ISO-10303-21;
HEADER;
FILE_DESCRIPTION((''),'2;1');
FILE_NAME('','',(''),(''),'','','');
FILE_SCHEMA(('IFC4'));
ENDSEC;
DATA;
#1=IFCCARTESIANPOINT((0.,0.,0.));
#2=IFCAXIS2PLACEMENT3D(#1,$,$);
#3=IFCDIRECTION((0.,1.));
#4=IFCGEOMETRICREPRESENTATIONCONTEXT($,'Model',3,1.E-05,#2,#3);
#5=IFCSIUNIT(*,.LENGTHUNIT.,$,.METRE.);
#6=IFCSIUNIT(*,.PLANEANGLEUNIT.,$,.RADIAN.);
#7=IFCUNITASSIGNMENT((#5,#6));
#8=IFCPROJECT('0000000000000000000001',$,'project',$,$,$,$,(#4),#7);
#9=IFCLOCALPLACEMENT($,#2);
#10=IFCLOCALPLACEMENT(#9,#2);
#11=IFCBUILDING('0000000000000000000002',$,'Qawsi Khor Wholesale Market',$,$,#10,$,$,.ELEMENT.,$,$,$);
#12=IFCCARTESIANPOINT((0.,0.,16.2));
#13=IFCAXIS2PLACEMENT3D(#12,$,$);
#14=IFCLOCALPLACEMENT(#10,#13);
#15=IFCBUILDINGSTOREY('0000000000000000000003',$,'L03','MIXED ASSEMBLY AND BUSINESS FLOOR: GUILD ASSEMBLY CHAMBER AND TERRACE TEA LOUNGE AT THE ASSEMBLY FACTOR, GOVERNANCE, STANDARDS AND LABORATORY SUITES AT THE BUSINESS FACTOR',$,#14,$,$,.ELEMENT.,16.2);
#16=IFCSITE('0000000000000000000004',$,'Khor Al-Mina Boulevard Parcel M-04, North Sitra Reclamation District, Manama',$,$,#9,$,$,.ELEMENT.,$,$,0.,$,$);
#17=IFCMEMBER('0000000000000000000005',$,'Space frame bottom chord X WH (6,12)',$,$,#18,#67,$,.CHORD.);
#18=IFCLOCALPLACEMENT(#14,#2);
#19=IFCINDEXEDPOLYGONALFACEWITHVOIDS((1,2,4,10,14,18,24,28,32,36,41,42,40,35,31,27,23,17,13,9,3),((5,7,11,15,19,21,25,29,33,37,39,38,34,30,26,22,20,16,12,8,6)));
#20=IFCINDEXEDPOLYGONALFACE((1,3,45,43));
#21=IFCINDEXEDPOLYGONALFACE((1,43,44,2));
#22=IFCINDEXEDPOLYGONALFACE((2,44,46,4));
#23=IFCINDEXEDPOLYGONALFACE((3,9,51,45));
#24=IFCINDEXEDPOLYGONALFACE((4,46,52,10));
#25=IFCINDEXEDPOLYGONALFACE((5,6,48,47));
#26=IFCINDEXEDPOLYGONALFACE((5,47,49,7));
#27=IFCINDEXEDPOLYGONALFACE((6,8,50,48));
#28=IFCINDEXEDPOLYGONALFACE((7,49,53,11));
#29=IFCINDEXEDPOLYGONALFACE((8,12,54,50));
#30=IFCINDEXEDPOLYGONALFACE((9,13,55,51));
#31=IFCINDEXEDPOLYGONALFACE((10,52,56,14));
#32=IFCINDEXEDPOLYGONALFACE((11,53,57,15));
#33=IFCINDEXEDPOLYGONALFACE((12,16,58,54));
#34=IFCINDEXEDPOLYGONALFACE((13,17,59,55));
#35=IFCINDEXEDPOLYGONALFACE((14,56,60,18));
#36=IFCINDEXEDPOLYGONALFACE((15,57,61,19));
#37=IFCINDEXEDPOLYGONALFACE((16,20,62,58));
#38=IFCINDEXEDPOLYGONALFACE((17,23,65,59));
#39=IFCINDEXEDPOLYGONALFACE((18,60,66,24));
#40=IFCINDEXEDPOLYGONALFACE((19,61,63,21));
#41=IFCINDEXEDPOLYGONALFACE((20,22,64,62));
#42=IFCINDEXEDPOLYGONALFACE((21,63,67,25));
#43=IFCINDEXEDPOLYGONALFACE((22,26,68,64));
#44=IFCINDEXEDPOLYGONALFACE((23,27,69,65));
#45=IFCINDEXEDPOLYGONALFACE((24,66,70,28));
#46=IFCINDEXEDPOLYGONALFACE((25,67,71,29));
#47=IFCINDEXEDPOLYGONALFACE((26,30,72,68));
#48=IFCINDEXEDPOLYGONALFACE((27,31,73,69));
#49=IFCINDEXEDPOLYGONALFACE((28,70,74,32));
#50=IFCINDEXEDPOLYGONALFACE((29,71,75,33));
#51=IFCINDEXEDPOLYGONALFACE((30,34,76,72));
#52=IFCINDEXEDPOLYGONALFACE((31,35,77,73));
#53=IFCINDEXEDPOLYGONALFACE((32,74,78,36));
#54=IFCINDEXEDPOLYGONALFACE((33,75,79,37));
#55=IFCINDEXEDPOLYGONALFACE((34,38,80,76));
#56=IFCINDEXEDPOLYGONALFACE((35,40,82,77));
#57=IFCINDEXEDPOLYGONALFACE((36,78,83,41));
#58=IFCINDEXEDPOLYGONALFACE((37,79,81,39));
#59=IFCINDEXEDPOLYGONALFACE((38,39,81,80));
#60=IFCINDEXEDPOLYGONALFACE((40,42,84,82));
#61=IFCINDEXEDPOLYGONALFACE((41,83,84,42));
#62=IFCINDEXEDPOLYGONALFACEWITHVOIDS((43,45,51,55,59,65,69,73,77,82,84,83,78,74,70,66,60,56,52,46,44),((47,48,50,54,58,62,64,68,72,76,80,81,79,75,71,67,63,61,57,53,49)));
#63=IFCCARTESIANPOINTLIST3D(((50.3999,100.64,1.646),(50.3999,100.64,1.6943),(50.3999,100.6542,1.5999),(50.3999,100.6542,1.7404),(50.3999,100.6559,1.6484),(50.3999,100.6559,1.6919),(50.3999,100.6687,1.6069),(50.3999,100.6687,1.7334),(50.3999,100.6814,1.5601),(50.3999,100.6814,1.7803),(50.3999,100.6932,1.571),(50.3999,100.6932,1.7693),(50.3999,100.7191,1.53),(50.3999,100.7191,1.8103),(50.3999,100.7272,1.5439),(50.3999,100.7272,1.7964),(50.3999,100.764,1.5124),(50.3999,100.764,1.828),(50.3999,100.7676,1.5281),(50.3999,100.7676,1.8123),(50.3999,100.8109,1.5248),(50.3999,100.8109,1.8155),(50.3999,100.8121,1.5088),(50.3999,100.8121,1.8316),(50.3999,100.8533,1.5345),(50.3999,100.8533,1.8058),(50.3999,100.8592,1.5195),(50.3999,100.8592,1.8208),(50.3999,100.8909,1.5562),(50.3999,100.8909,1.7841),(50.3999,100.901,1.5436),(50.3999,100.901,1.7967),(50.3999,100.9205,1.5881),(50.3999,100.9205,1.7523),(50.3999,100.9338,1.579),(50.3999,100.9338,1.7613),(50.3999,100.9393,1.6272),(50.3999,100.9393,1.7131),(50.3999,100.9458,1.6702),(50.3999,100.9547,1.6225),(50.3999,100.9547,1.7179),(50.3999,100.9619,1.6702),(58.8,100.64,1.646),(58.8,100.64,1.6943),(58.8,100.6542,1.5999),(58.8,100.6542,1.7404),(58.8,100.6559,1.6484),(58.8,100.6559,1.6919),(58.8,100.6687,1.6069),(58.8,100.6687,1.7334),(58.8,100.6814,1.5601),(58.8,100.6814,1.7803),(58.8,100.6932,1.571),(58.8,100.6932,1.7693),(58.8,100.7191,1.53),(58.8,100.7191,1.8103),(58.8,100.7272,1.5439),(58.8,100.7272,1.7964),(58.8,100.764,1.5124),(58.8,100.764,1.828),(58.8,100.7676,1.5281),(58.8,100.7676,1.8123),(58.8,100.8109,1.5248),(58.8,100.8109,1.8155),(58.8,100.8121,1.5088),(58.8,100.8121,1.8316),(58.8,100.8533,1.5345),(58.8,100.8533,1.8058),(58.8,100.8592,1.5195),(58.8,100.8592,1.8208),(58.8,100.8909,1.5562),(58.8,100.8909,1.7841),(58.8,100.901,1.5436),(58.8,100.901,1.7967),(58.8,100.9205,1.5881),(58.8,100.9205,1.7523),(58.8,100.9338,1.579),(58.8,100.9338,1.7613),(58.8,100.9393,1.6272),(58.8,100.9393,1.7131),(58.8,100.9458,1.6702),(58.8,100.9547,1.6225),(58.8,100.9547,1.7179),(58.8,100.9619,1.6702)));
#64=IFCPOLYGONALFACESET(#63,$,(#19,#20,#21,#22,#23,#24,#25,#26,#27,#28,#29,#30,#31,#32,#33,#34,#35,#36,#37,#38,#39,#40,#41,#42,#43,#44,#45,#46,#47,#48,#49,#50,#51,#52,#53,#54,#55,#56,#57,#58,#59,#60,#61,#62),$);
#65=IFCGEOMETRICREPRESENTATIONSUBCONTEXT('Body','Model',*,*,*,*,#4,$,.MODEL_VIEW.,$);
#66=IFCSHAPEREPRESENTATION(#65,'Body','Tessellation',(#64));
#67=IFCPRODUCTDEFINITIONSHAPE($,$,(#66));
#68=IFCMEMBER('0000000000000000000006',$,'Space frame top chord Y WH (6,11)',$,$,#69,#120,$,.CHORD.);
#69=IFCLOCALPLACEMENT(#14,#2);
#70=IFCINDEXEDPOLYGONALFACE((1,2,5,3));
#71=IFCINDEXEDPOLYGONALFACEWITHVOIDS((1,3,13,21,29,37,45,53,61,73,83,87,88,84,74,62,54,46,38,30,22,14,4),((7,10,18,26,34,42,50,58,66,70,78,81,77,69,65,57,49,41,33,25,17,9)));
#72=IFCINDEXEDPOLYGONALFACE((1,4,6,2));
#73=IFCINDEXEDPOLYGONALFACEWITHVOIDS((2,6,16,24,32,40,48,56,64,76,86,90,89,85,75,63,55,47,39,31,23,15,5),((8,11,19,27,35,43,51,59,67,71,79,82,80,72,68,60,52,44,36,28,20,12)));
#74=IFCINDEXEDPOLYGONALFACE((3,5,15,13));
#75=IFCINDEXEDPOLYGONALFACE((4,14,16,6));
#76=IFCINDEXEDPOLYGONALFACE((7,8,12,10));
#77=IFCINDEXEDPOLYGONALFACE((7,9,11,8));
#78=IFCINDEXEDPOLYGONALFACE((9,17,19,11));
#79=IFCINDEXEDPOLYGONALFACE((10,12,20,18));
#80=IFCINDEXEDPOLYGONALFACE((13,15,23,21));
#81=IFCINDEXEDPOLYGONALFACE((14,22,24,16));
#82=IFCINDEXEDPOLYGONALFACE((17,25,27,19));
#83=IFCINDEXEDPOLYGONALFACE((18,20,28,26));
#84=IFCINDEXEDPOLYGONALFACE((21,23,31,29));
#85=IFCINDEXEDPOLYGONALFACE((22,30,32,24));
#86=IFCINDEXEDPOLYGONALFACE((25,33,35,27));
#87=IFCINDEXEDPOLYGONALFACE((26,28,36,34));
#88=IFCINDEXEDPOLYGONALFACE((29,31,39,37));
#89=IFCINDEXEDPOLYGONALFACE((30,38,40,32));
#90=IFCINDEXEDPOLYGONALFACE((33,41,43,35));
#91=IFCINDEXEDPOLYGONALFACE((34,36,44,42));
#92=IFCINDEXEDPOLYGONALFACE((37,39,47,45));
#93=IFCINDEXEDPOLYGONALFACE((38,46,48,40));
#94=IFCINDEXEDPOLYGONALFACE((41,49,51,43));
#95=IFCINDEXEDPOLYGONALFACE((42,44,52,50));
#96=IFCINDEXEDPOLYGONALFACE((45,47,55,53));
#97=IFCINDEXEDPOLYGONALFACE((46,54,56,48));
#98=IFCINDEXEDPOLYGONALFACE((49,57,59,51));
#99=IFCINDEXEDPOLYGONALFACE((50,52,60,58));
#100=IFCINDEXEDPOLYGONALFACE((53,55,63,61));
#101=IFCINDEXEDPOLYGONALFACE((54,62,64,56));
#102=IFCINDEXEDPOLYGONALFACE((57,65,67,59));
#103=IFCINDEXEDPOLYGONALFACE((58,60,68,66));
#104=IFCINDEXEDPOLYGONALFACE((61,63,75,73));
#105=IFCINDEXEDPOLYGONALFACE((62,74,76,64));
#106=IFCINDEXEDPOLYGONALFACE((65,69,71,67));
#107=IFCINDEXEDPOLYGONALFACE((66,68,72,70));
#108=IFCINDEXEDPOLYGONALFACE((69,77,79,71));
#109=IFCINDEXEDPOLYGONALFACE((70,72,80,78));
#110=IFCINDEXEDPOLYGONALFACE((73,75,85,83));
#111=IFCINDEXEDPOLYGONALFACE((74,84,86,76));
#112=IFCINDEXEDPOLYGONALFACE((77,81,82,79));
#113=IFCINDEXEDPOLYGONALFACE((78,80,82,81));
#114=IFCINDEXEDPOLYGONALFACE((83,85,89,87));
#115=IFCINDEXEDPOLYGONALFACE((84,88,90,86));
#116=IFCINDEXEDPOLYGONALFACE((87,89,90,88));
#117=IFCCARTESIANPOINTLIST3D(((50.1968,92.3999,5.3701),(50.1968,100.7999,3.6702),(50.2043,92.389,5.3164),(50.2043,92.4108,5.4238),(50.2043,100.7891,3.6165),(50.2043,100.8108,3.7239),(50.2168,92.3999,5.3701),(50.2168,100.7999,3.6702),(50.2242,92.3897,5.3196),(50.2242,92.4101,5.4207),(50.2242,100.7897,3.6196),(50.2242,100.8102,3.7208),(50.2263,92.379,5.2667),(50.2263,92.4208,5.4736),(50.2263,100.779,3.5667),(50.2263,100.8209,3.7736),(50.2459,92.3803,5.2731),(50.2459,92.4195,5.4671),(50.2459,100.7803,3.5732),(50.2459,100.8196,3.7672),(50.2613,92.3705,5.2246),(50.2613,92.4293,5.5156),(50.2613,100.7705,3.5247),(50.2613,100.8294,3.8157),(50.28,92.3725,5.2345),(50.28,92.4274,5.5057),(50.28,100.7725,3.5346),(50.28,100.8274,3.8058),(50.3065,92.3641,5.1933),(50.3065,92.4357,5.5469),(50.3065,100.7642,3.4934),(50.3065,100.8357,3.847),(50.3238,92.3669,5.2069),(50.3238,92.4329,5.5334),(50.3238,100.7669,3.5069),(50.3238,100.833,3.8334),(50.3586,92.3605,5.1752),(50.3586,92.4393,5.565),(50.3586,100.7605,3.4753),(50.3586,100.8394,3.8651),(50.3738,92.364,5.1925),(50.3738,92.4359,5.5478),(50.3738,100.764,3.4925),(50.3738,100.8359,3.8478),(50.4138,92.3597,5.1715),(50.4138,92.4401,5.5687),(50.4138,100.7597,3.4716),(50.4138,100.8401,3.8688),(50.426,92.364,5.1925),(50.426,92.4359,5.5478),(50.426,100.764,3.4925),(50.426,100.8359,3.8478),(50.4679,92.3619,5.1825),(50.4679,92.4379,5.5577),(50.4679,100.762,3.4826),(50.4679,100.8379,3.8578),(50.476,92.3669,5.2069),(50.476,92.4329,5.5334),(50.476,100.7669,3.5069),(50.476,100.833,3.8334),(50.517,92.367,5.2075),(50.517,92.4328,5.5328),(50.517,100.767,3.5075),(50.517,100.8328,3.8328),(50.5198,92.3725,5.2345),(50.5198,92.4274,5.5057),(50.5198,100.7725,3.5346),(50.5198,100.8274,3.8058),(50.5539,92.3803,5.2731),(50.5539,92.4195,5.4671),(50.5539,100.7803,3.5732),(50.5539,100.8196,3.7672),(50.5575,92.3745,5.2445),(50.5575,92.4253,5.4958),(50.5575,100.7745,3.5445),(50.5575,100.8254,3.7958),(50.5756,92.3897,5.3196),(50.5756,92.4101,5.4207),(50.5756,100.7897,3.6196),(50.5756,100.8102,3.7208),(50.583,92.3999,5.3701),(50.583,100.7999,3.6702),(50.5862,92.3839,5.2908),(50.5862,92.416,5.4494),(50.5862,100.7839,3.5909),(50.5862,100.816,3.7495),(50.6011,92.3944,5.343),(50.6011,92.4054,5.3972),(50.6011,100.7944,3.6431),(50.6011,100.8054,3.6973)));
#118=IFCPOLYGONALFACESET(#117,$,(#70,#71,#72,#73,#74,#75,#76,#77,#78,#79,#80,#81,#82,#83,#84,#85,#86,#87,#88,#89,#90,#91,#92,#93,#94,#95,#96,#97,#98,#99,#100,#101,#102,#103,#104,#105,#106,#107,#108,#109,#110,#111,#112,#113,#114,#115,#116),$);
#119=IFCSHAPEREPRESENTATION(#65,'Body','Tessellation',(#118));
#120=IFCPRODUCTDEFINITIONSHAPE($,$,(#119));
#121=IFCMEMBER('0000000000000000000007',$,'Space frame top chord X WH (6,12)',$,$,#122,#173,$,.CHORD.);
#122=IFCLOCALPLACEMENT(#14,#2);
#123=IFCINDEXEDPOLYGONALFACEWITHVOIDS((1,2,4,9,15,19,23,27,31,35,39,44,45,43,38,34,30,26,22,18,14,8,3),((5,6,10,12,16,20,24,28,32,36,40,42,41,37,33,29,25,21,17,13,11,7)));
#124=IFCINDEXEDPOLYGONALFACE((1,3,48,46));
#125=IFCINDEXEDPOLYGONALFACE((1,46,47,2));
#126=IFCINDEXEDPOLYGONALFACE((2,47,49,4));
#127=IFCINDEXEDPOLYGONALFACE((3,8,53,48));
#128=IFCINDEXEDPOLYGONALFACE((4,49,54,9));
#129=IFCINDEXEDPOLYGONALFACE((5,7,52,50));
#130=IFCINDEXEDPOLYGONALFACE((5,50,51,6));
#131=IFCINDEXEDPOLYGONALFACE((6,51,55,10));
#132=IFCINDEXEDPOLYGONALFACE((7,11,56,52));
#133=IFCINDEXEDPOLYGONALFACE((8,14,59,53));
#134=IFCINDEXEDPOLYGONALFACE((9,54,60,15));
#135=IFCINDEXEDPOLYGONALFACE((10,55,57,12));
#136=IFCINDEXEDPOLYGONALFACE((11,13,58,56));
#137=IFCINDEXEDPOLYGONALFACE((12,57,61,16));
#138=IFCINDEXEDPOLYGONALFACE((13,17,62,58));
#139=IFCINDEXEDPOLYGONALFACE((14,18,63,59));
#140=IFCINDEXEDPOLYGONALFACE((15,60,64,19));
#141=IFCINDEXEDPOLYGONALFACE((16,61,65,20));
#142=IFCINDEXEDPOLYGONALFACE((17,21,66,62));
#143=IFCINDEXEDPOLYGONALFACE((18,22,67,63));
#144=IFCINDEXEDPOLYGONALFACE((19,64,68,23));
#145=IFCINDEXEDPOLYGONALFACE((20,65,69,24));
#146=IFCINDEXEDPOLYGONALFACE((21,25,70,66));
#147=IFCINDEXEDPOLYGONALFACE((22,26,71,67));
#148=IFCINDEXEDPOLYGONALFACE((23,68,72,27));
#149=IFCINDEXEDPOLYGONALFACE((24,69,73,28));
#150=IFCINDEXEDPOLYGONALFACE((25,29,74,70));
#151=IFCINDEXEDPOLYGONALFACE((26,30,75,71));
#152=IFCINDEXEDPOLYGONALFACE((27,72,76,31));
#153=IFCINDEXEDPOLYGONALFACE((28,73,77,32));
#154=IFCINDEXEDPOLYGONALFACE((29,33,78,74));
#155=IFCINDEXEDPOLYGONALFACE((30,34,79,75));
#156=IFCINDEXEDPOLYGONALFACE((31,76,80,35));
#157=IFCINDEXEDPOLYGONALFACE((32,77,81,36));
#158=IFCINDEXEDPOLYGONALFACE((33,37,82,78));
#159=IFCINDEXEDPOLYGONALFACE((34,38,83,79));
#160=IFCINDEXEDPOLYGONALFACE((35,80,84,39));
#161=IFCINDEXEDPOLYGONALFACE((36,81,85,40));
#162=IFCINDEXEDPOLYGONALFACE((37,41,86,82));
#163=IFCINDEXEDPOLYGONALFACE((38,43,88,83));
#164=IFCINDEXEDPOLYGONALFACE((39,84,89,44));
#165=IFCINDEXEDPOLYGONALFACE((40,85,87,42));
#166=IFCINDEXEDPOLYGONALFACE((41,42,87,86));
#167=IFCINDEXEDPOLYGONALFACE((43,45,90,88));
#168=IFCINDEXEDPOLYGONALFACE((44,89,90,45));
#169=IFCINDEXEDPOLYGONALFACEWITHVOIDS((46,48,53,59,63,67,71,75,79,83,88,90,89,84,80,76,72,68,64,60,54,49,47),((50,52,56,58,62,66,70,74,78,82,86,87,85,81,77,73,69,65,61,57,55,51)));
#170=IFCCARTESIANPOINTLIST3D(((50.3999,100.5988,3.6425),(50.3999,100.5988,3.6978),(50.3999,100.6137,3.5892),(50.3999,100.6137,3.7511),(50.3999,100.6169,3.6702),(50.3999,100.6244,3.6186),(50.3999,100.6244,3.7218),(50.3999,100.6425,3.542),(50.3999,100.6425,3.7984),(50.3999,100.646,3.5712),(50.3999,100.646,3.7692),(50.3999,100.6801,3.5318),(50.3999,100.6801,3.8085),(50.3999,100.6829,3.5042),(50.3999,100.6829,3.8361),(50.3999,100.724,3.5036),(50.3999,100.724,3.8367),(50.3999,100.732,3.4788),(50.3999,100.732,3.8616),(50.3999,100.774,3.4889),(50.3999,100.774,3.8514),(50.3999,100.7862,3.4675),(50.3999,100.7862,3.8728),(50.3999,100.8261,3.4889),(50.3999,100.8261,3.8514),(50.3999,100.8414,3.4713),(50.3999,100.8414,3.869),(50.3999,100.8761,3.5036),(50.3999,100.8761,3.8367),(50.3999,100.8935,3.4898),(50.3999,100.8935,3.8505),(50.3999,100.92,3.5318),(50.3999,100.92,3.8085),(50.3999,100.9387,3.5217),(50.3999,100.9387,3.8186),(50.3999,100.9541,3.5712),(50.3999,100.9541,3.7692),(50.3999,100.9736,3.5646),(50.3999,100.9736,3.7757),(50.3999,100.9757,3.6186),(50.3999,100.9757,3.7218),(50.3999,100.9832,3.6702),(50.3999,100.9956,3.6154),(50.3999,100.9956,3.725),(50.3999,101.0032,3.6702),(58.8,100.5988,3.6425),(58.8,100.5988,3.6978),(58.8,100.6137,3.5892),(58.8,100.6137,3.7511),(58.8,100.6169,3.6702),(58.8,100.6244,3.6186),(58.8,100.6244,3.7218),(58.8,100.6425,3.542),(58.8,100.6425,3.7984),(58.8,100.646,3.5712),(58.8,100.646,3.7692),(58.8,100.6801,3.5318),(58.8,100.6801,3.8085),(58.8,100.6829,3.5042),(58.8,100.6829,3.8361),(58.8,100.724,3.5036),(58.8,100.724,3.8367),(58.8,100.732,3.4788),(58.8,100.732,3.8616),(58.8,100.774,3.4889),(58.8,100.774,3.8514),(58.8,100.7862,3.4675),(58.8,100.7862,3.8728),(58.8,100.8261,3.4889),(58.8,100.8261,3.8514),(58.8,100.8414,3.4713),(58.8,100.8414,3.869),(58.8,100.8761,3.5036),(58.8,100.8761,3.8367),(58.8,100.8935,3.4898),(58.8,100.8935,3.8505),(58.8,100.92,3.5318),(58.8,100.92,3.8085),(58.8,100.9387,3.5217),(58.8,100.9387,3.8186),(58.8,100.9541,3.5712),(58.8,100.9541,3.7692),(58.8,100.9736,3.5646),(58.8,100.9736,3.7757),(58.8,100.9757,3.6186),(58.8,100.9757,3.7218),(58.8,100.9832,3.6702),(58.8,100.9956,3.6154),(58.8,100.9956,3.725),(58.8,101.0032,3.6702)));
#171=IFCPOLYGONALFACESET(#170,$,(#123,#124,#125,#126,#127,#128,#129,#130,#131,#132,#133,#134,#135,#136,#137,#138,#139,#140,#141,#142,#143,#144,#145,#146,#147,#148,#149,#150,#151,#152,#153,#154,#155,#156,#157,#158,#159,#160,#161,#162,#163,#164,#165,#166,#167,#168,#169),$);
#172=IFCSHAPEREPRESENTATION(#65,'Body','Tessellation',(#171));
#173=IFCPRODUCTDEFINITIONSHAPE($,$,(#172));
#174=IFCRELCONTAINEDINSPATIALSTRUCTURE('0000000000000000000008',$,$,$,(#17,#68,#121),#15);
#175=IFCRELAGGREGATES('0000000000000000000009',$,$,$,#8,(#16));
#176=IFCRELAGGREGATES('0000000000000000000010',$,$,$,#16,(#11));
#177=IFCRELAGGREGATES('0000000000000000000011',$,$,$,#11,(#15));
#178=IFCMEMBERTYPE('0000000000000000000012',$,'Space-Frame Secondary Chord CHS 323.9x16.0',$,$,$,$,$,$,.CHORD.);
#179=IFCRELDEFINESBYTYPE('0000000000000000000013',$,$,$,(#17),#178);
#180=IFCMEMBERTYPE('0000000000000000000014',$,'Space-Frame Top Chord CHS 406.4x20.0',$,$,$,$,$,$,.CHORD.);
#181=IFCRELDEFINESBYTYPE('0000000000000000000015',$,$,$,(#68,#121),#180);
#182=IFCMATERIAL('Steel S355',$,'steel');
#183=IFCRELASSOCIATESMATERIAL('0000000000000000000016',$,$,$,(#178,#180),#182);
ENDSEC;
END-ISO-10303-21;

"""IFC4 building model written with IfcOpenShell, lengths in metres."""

from ifc_helpers import new_model, si_unit, direction, frame, origin, origin_2d, place, context, subcontext, project, spatial, hollow_circle, extrude, material, material_profile, profile_set, type_object, element, save


model = new_model("IFC4")

# Units and contexts
model_context = context("Model", 3, precision=1e-05, world=origin(), true_north=direction((0.0, 1.0)))
body_context = subcontext(model_context, "Body", "Model", "MODEL_VIEW")
ifc_project = project(units=[si_unit("LENGTHUNIT", "METRE"), si_unit("PLANEANGLEUNIT", "RADIAN")], contexts=[model_context])

# Site, building, storey
site_placement = place(None, origin())
site = spatial("IfcSite", under=ifc_project, at=site_placement, Name="Khor Al-Mina Boulevard Parcel M-04, North Sitra Reclamation District, Manama", CompositionType="ELEMENT", RefElevation=0.0)
building_placement = place(site_placement, origin())
building = spatial("IfcBuilding", under=site, at=building_placement, Name="Qawsi Khor Wholesale Market", CompositionType="ELEMENT")
storey_placement = place(building_placement, frame((0.0, 0.0, 16.2)))
storey = spatial("IfcBuildingStorey", under=building, at=storey_placement, Name="L03", Description="MIXED ASSEMBLY AND BUSINESS FLOOR: GUILD ASSEMBLY CHAMBER AND TERRACE TEA LOUNGE AT THE ASSEMBLY FACTOR, GOVERNANCE, STANDARDS AND LABORATORY SUITES AT THE BUSINESS FACTOR", CompositionType="ELEMENT", Elevation=16.2)

# Members
ifc_material_1 = material(Name="Steel S355", Category="steel")
ifc_material_profile_1 = material_profile(ifc_material_1, hollow_circle(Radius=0.1619, WallThickness=0.0161, at=origin_2d()), Name="CHS 323.9x16.0")
ifc_profile_set_1 = profile_set([ifc_material_profile_1], Name="Steel S355")
member_type_1 = type_object("IfcMemberType", Name="Space-Frame Secondary Chord CHS 323.9x16.0", PredefinedType="CHORD", material=ifc_profile_set_1)
member_1_placement = place(storey_placement, frame((50.3999, 100.8, 1.6702), z_axis=(1.0, 0.0, 0.0), x_axis=(0.0, 1.0, 0.0)))
element("IfcMember", 1, at=member_1_placement, inside=storey, type_object=member_type_1, Name="Space frame bottom chord X WH (6,12)", PredefinedType="CHORD", context=body_context, shape_type="SweptSolid", body=[
    extrude(hollow_circle(Radius=0.1619, WallThickness=0.0161, at=origin_2d()), origin(), (0.0, 0.0, 1.0), 8.4001),
])
ifc_material_profile_2 = material_profile(ifc_material_1, hollow_circle(Radius=0.2031, WallThickness=0.02, at=origin_2d()), Name="CHS 406.4x20.0")
ifc_profile_set_2 = profile_set([ifc_material_profile_2], Name="Steel S355")
member_type_2 = type_object("IfcMemberType", Name="Space-Frame Top Chord CHS 406.4x20.0", PredefinedType="CHORD", material=ifc_profile_set_2)
member_2_placement = place(storey_placement, frame((50.3999, 92.3999, 5.3701), z_axis=(0.0, 0.980131, -0.198351), x_axis=(-1.0, 0.0, 0.0)))
element("IfcMember", 2, at=member_2_placement, inside=storey, type_object=member_type_2, Name="Space frame top chord Y WH (6,11)", PredefinedType="CHORD", context=body_context, shape_type="SweptSolid", body=[
    extrude(hollow_circle(Radius=0.2031, WallThickness=0.02, at=origin_2d()), origin(), (0.0, 0.0, 1.0), 8.5703),
])
member_3_placement = place(storey_placement, frame((50.3999, 100.8, 3.6702), z_axis=(1.0, 0.0, 0.0), x_axis=(0.0, 1.0, 0.0)))
element("IfcMember", 3, at=member_3_placement, inside=storey, type_object=member_type_2, Name="Space frame top chord X WH (6,12)", PredefinedType="CHORD", context=body_context, shape_type="SweptSolid", body=[
    extrude(hollow_circle(Radius=0.2031, WallThickness=0.02, at=origin_2d()), origin(), (0.0, 0.0, 1.0), 8.4001),
])

save(model, "model.ifc")
